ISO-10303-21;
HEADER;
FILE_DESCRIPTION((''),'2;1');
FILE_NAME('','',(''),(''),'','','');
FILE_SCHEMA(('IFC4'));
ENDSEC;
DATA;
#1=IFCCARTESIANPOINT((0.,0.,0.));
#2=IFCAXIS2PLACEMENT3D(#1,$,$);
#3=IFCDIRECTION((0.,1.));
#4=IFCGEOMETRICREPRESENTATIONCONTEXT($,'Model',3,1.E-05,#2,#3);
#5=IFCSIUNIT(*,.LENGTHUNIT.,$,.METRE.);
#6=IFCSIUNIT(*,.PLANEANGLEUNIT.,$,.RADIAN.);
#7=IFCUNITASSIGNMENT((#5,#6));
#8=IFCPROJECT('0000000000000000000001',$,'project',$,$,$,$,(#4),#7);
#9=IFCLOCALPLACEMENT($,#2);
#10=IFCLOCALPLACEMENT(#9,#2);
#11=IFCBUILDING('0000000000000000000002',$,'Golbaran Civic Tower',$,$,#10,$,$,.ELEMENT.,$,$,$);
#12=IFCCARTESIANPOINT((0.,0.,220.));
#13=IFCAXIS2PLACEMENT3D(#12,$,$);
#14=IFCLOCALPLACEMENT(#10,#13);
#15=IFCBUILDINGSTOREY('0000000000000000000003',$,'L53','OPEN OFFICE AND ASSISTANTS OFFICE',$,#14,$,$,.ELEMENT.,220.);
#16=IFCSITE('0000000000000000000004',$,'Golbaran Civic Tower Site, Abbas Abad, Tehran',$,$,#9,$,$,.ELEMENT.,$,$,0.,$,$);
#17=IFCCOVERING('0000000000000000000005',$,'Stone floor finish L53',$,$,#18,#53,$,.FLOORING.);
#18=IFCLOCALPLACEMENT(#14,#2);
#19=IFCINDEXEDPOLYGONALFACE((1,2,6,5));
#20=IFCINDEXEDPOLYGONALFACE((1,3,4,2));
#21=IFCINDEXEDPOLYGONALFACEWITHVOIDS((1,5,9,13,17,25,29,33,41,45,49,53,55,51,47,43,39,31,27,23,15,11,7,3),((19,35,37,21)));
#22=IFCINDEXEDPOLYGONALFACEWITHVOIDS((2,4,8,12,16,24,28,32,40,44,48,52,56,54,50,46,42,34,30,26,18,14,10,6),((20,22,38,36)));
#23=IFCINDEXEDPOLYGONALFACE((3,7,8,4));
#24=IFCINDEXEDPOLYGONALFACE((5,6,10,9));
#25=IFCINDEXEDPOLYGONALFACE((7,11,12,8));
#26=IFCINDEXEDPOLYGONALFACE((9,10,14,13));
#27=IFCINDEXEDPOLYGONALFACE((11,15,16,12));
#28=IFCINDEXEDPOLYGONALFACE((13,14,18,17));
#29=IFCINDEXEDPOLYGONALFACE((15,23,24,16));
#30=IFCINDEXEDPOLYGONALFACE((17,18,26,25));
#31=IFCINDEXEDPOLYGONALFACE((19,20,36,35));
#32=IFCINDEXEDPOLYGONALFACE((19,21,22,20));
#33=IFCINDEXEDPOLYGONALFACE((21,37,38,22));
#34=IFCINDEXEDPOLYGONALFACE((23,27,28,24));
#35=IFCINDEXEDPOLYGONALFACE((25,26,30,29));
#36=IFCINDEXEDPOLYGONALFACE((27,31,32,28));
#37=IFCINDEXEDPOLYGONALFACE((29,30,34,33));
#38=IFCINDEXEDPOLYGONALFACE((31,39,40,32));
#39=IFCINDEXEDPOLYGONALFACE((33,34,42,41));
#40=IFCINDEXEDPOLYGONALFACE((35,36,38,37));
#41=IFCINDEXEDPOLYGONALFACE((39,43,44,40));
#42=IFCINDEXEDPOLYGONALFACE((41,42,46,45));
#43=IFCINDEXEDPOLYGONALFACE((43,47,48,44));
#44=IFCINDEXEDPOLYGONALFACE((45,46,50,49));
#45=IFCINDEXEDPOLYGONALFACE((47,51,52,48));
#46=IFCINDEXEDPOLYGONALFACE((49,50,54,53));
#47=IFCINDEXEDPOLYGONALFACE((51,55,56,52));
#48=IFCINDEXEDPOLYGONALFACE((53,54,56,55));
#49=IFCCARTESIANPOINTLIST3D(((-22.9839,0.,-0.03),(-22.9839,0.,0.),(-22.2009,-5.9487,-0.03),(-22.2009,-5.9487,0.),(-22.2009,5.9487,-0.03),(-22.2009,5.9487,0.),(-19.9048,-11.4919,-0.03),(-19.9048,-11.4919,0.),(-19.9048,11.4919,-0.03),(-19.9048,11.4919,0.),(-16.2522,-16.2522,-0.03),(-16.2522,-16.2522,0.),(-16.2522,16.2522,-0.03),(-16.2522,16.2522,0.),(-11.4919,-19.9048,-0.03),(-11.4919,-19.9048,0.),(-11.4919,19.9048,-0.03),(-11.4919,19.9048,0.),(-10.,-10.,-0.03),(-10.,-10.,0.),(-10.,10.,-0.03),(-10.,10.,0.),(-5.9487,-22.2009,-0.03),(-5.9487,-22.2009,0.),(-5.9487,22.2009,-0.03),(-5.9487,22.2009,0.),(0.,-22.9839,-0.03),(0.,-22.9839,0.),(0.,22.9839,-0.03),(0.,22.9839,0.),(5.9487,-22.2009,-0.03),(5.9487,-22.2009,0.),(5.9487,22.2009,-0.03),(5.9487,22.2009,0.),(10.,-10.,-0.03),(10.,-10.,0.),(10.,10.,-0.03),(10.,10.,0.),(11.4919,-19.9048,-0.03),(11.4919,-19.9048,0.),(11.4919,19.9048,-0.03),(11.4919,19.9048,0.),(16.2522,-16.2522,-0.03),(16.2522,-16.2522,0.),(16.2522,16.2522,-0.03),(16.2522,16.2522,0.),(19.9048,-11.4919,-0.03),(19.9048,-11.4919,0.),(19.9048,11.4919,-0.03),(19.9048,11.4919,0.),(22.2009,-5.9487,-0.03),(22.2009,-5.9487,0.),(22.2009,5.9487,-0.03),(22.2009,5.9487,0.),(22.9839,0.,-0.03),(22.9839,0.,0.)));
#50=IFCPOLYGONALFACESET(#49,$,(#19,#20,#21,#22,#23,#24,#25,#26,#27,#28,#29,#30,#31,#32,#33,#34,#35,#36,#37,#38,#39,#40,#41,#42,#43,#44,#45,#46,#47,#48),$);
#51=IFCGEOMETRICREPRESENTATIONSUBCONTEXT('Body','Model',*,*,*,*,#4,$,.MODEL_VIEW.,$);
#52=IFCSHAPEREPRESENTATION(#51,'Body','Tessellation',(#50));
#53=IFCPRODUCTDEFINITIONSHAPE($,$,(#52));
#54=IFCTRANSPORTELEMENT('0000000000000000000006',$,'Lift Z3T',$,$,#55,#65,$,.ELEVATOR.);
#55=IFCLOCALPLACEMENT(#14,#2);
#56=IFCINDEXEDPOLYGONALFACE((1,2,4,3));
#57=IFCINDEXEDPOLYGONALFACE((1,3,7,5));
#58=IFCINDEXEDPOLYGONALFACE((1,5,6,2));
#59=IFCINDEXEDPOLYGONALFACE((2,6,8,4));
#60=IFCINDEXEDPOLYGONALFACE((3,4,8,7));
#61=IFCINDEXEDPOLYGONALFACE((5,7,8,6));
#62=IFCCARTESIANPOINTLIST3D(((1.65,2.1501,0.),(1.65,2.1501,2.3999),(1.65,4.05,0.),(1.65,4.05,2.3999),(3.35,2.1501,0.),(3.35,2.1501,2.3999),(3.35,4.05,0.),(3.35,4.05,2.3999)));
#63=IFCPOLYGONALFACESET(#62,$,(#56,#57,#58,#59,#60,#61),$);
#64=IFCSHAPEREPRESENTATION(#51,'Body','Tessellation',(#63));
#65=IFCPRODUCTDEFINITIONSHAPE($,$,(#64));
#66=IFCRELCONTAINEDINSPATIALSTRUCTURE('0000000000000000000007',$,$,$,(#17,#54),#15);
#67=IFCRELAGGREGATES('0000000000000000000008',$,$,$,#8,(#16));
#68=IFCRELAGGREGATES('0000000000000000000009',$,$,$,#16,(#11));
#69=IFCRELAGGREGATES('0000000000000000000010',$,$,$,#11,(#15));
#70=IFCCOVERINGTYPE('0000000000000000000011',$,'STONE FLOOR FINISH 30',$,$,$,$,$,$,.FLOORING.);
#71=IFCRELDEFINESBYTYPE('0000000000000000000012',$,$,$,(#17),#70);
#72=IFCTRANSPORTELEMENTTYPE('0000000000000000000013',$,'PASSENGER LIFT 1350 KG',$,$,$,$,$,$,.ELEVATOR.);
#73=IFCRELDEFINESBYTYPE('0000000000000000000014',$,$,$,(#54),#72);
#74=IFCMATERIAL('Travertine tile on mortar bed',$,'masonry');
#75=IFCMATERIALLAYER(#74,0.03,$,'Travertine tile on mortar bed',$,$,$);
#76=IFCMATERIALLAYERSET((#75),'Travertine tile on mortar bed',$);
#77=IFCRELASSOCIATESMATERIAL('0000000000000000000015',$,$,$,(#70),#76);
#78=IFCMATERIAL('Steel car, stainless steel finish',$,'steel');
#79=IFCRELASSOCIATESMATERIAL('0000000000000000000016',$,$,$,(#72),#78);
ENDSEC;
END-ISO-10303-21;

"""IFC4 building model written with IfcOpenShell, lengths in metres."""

from ifc_helpers import new_model, si_unit, direction, frame, origin, origin_2d, place, context, subcontext, project, spatial, polyline, rectangle, outline, extrude, material, layer, layer_set, type_object, element, save


model = new_model("IFC4")

# Units and contexts
model_context = context("Model", 3, precision=1e-05, world=origin(), true_north=direction((0.0, 1.0)))
body_context = subcontext(model_context, "Body", "Model", "MODEL_VIEW")
ifc_project = project(units=[si_unit("LENGTHUNIT", "METRE"), si_unit("PLANEANGLEUNIT", "RADIAN")], contexts=[model_context])

# Site, building, storey
site_placement = place(None, origin())
site = spatial("IfcSite", under=ifc_project, at=site_placement, Name="Golbaran Civic Tower Site, Abbas Abad, Tehran", CompositionType="ELEMENT", RefElevation=0.0)
building_placement = place(site_placement, origin())
building = spatial("IfcBuilding", under=site, at=building_placement, Name="Golbaran Civic Tower", CompositionType="ELEMENT")
storey_placement = place(building_placement, frame((0.0, 0.0, 220.0)))
storey = spatial("IfcBuildingStorey", under=building, at=storey_placement, Name="L53", Description="OPEN OFFICE AND ASSISTANTS OFFICE", CompositionType="ELEMENT", Elevation=220.0)

# Covering
ifc_material_1 = material(Name="Travertine tile on mortar bed", Category="masonry")
ifc_layer_1 = layer(ifc_material_1, 0.03, Name="Travertine tile on mortar bed")
ifc_layer_set_1 = layer_set([ifc_layer_1], Name="Travertine tile on mortar bed")
covering_type_1 = type_object("IfcCoveringType", Name="STONE FLOOR FINISH 30", PredefinedType="FLOORING", material=ifc_layer_set_1)
covering_1_placement = place(storey_placement, frame((0.0, 0.0, -0.03)))
element("IfcCovering", 1, at=covering_1_placement, inside=storey, type_object=covering_type_1, Name="Stone floor finish L53", PredefinedType="FLOORING", context=body_context, shape_type="SweptSolid", body=[
    extrude(outline(polyline([(-16.2522, 16.2522), (-11.4919, 19.9048), (-5.9487, 22.2009), (0.0, 22.9839), (5.9487, 22.2009), (11.4919, 19.9048), (16.2522, 16.2522), (19.9048, 11.4919), (22.2009, 5.9487), (22.9839, 0.0), (22.2009, -5.9487), (19.9048, -11.4919), (16.2522, -16.2522), (11.4919, -19.9048), (5.9487, -22.2009), (0.0, -22.9839), (-5.9487, -22.2009), (-11.4919, -19.9048), (-16.2522, -16.2522), (-19.9048, -11.4919), (-22.2009, -5.9487), (-22.9839, 0.0), (-22.2009, 5.9487), (-19.9048, 11.4919), (-16.2522, 16.2522)]), holes=[polyline([(10.0, -10.0), (10.0, 10.0), (-10.0, 10.0), (-10.0, -10.0), (10.0, -10.0)])]), origin(), (0.0, 0.0, 1.0), 0.03),
])

# Transport element
ifc_material_2 = material(Name="Steel car, stainless steel finish", Category="steel")
transport_element_type = type_object("IfcTransportElementType", Name="PASSENGER LIFT 1350 KG", PredefinedType="ELEVATOR", material=ifc_material_2)
transport_element_placement = place(storey_placement, frame((2.5, 3.1001, 0.0), z_axis=(0.0, 0.0, 1.0), x_axis=(1.0, 0.0, 0.0)))
element("IfcTransportElement", 2, at=transport_element_placement, inside=storey, type_object=transport_element_type, Name="Lift Z3T", PredefinedType="ELEVATOR", context=body_context, shape_type="SweptSolid", body=[
    extrude(rectangle(XDim=1.7, YDim=1.8999, at=origin_2d()), origin(), (0.0, 0.0, 1.0), 2.3999),
])

save(model, "model.ifc")
